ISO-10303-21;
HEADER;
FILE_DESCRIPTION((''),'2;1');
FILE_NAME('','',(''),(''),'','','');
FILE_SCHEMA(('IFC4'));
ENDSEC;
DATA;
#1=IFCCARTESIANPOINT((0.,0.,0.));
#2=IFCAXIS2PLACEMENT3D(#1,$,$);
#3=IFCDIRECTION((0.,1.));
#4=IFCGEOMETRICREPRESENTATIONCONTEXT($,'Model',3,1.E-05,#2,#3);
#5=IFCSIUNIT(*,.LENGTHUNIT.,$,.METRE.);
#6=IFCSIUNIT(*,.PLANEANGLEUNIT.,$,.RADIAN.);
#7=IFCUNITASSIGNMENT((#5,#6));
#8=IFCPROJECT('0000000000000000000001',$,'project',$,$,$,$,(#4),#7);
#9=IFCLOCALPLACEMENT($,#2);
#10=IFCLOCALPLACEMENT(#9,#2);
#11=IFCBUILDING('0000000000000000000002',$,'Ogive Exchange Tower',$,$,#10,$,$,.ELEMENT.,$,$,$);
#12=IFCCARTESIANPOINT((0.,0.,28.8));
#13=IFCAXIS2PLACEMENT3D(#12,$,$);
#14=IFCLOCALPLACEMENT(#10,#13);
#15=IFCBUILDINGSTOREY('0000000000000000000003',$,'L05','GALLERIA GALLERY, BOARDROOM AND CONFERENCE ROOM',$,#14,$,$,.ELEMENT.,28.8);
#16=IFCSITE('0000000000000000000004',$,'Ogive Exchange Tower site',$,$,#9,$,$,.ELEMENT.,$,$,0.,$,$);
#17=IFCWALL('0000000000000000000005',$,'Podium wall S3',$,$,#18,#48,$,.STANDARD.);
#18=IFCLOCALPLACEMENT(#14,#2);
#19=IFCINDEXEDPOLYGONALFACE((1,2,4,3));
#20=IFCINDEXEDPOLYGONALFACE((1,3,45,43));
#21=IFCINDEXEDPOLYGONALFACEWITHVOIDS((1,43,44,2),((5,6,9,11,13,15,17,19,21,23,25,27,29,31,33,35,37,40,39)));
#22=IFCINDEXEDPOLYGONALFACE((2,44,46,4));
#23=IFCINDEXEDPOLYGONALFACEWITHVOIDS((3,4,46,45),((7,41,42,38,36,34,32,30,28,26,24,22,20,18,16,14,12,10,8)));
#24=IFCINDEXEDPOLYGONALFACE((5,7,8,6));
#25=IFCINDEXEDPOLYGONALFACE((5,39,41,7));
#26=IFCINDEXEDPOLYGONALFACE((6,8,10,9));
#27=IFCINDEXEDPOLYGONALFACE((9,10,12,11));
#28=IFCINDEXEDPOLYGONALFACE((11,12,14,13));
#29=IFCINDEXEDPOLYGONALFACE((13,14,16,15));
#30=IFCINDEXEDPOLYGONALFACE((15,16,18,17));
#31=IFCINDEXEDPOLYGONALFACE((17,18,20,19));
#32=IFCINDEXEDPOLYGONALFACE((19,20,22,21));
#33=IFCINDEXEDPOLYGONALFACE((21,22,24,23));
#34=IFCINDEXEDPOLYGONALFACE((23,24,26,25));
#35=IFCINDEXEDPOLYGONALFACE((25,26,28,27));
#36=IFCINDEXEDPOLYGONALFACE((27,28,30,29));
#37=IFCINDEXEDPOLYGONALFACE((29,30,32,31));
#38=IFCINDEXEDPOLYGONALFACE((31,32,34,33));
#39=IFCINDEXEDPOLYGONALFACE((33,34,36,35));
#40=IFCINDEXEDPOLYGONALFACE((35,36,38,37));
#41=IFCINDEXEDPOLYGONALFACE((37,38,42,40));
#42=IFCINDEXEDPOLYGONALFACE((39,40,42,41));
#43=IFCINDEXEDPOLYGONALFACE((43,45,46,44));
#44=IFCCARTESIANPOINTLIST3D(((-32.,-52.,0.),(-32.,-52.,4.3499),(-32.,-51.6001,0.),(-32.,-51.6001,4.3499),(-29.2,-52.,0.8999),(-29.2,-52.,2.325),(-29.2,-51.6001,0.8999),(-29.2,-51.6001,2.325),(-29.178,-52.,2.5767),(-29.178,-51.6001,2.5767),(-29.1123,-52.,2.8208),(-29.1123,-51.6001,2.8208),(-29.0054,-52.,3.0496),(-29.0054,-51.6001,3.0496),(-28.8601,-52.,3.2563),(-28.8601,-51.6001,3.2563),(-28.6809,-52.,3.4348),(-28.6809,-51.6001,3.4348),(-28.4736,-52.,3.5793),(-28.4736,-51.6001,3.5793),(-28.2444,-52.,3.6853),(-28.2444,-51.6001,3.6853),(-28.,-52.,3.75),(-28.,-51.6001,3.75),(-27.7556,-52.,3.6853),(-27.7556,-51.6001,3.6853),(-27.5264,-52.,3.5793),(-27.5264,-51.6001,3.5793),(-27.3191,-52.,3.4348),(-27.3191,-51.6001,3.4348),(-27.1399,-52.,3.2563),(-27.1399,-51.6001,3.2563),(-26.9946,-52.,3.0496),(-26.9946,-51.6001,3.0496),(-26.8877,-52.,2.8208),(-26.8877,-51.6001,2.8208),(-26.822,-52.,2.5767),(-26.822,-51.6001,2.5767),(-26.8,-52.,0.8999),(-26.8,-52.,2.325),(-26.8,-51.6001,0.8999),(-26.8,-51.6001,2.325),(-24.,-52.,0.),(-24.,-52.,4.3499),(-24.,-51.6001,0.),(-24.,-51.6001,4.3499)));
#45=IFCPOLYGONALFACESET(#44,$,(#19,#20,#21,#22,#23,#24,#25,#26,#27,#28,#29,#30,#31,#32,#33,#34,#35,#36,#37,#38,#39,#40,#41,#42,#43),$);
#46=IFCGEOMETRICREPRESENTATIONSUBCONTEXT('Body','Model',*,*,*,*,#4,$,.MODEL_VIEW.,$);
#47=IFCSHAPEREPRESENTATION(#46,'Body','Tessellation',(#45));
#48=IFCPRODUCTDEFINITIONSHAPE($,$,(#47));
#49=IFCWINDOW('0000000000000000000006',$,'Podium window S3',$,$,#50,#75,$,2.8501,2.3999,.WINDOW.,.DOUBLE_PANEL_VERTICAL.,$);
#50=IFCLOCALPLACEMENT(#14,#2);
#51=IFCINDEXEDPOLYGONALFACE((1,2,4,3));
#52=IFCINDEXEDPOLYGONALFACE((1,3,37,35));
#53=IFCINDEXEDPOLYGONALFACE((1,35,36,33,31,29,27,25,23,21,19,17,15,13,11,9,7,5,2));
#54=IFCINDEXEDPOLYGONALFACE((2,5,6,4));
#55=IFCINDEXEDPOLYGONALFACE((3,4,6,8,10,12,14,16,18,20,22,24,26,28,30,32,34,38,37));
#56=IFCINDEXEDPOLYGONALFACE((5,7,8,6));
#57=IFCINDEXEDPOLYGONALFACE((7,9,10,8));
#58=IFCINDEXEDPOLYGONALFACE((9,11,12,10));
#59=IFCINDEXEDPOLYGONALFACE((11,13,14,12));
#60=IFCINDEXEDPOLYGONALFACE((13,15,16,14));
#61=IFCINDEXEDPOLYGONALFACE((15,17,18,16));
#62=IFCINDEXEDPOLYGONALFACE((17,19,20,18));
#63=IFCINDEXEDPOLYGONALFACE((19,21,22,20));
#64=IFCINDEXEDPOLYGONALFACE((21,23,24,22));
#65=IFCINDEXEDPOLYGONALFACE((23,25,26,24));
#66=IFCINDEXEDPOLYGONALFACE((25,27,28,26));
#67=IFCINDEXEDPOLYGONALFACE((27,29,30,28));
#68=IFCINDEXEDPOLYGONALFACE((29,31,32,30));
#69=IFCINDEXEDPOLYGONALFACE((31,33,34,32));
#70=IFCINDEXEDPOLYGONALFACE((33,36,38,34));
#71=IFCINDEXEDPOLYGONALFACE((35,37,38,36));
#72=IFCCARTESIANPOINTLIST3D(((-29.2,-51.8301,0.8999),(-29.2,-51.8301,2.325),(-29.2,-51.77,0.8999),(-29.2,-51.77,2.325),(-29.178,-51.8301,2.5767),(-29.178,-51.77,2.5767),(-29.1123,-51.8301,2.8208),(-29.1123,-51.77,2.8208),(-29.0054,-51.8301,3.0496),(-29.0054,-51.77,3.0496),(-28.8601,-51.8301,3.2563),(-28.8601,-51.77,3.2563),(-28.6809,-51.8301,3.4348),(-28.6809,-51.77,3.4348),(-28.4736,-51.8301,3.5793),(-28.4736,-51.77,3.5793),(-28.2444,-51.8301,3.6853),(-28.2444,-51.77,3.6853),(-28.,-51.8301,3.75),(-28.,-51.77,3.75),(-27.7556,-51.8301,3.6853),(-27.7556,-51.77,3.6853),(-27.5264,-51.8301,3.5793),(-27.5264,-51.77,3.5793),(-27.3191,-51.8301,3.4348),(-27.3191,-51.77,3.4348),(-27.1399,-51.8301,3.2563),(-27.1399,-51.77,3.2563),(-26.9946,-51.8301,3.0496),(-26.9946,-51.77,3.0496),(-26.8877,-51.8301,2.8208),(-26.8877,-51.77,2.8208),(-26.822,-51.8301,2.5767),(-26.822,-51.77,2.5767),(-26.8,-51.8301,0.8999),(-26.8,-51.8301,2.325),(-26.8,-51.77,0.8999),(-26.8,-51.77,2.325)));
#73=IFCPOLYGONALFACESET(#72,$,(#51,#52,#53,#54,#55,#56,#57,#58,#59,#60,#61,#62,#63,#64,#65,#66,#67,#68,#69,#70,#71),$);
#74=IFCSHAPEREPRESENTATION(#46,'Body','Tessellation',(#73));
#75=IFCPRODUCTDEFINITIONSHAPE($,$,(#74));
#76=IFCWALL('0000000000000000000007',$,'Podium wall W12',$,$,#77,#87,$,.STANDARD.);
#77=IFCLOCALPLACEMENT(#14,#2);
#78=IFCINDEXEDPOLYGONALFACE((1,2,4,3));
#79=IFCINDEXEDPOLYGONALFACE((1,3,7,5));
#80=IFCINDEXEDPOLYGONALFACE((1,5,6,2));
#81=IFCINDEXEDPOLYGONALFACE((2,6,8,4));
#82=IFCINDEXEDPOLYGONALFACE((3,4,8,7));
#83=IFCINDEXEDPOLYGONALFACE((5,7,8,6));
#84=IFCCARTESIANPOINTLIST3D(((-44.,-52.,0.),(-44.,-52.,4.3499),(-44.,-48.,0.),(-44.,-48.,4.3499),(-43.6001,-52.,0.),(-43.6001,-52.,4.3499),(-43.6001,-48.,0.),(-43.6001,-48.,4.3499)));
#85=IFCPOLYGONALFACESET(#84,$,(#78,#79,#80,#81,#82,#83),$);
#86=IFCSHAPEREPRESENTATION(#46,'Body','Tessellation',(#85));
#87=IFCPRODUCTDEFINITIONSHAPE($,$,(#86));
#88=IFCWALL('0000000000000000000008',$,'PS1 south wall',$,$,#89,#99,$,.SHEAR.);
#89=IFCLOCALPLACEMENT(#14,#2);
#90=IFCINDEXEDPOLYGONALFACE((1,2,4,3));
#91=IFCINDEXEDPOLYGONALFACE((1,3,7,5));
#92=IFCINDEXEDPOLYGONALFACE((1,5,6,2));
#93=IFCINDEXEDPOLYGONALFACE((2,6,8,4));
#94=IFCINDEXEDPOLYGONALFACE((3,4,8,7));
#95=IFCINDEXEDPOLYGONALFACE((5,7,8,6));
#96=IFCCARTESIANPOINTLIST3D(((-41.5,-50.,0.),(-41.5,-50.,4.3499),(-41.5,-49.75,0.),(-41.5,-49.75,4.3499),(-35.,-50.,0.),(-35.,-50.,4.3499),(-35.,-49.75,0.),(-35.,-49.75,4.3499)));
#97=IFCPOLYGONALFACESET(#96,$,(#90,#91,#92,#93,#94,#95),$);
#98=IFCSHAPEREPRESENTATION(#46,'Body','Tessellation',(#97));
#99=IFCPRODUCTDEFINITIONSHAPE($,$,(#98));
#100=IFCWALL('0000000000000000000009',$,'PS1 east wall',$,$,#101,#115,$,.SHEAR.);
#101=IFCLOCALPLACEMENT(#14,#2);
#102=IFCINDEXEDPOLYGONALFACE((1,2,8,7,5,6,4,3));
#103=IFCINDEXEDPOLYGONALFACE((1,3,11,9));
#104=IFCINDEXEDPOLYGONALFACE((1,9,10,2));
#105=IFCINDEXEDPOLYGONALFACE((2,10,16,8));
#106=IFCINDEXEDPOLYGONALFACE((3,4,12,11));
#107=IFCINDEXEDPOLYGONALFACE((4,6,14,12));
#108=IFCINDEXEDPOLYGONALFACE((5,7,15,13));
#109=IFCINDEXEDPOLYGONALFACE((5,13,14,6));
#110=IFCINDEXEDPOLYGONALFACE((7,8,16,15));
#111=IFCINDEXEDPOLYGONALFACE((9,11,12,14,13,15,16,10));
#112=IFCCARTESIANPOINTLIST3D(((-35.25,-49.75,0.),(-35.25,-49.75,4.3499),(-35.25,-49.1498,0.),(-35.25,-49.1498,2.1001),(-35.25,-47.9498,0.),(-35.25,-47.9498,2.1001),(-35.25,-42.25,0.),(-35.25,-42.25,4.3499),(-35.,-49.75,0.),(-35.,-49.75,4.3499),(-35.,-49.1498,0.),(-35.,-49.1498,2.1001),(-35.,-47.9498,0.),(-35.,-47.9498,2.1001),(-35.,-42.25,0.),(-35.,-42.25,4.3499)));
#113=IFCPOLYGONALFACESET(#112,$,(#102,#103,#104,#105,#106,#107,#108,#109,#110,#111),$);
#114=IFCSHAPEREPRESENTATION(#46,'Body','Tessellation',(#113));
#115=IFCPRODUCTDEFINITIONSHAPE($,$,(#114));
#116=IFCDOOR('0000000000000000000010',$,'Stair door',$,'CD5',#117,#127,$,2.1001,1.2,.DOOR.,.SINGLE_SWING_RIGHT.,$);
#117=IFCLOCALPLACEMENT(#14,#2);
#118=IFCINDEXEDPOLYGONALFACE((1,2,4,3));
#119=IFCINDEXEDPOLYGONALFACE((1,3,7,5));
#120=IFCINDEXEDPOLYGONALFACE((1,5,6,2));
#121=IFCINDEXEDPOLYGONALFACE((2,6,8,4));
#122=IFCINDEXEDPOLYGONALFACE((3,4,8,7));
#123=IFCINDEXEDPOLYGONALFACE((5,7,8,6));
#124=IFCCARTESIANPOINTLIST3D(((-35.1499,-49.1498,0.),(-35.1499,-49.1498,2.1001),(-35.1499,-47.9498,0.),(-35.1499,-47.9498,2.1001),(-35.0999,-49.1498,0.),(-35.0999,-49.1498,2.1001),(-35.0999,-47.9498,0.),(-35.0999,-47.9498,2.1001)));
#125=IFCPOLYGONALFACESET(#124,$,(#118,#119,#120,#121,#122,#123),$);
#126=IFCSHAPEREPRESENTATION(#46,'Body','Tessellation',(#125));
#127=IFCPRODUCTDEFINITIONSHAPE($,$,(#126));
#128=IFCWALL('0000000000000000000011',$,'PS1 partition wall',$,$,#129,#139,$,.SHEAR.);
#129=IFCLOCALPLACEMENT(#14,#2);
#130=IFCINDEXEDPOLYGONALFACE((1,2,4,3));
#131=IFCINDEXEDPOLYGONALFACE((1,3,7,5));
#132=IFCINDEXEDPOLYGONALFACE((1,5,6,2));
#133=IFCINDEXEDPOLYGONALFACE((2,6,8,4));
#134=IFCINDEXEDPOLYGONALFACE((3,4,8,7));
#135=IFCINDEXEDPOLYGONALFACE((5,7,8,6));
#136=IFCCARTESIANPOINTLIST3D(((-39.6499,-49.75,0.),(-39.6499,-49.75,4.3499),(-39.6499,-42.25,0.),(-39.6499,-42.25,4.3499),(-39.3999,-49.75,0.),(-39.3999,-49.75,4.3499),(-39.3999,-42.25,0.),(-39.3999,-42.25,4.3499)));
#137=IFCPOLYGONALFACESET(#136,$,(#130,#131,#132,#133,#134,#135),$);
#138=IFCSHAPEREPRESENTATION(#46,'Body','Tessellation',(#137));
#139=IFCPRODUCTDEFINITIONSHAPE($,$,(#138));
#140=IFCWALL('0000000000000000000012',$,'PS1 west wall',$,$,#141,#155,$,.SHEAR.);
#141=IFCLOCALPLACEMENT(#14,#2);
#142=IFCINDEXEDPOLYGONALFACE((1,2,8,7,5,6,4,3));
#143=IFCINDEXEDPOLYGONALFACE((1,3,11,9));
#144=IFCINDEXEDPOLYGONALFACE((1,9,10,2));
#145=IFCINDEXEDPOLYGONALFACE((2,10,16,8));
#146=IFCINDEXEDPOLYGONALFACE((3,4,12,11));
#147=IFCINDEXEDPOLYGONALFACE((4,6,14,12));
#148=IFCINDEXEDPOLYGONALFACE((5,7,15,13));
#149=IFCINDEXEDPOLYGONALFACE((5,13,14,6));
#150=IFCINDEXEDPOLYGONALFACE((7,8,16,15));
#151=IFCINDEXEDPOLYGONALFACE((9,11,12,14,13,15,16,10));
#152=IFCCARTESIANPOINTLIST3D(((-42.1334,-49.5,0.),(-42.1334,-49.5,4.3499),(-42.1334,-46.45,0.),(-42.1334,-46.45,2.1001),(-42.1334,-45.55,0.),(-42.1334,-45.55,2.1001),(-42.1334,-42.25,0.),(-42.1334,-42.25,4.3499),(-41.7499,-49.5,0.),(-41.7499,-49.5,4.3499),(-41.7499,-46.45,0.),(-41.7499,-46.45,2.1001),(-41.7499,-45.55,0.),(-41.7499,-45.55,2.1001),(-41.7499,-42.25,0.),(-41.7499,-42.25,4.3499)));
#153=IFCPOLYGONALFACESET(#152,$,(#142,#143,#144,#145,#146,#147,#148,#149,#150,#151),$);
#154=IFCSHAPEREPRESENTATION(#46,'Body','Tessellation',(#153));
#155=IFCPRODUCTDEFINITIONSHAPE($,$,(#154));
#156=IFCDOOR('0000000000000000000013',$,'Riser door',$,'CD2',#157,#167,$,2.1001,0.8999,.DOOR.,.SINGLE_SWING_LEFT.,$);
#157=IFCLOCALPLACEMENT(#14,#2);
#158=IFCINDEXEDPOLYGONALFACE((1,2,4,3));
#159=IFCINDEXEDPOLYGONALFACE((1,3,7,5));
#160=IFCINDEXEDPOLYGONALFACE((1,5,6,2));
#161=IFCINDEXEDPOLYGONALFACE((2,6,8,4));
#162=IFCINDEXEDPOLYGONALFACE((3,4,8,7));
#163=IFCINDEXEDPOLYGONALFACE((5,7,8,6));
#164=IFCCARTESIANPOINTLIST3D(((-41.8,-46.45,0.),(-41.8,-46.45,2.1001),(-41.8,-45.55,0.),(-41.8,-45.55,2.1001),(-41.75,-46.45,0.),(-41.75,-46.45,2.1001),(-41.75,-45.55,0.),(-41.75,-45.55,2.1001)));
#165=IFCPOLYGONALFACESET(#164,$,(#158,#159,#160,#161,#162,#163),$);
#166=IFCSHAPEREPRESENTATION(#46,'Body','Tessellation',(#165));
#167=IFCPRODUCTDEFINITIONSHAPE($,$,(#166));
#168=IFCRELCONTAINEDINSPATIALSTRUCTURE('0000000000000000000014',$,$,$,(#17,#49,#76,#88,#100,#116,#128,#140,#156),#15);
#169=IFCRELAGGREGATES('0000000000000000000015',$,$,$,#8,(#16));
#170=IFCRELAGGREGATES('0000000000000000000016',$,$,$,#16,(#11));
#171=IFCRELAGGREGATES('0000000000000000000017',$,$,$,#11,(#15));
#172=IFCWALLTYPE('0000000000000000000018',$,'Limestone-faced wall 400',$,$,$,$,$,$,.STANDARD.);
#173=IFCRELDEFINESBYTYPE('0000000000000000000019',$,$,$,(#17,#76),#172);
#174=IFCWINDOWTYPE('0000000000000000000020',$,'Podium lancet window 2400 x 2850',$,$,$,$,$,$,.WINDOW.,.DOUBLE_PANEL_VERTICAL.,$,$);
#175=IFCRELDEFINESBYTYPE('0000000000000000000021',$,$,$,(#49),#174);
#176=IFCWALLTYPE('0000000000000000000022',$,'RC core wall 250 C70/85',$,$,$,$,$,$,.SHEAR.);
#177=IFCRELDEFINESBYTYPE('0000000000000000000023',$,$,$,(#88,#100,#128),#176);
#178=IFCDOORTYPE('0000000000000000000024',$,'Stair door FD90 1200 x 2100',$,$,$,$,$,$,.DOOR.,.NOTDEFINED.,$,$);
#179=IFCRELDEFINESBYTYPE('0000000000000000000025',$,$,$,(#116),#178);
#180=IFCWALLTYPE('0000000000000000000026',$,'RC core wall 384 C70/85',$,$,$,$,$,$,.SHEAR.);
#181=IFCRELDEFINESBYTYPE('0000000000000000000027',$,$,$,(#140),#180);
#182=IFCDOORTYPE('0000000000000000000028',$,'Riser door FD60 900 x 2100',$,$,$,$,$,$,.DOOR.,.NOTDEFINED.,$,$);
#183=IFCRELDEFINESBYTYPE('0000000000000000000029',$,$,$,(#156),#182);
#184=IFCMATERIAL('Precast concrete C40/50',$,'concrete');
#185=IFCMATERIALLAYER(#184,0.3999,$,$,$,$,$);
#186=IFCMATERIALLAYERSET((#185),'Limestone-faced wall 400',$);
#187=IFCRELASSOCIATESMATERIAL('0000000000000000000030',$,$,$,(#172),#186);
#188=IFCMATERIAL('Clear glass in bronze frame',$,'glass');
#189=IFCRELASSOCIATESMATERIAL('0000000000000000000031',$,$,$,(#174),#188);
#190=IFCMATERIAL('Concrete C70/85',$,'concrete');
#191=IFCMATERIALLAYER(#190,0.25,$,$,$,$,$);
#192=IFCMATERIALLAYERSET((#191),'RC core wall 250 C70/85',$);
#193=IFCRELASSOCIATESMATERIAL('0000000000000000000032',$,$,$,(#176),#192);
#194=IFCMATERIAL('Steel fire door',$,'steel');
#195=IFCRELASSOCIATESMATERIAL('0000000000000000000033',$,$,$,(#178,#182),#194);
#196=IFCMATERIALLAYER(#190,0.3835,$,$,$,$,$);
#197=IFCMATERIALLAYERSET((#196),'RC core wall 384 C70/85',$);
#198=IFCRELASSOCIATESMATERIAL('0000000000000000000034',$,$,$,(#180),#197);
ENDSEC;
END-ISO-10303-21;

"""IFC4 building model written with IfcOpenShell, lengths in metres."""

from ifc_helpers import new_model, si_unit, direction, frame, frame_2d, origin, place, context, subcontext, project, spatial, polyline, rectangle, outline, extrude, material, layer, layer_set, type_object, element, fill, save


model = new_model("IFC4")

# Units and contexts
model_context = context("Model", 3, precision=1e-05, world=origin(), true_north=direction((0.0, 1.0)))
body_context = subcontext(model_context, "Body", "Model", "MODEL_VIEW")
ifc_project = project(units=[si_unit("LENGTHUNIT", "METRE"), si_unit("PLANEANGLEUNIT", "RADIAN")], contexts=[model_context])

# Site, building, storey
site_placement = place(None, origin())
site = spatial("IfcSite", under=ifc_project, at=site_placement, Name="Ogive Exchange Tower site", CompositionType="ELEMENT", RefElevation=0.0)
building_placement = place(site_placement, origin())
building = spatial("IfcBuilding", under=site, at=building_placement, Name="Ogive Exchange Tower", CompositionType="ELEMENT")
storey_placement = place(building_placement, frame((0.0, 0.0, 28.8)))
storey = spatial("IfcBuildingStorey", under=building, at=storey_placement, Name="L05", Description="GALLERIA GALLERY, BOARDROOM AND CONFERENCE ROOM", CompositionType="ELEMENT", Elevation=28.8)

# Shared definitions
ifc_material_1 = material(Name="Concrete C70/85", Category="concrete")

# Shared definitions
ifc_material_2 = material(Name="Precast concrete C40/50", Category="concrete")
ifc_layer_1 = layer(ifc_material_2, 0.3999)
ifc_layer_set_1 = layer_set([ifc_layer_1], Name="Limestone-faced wall 400")
wall_type_1 = type_object("IfcWallType", Name="Limestone-faced wall 400", PredefinedType="STANDARD", material=ifc_layer_set_1)

# Shared definitions
ifc_material_3 = material(Name="Clear glass in bronze frame", Category="glass")

# Wall, opening, window
wall_1_placement = place(storey_placement, frame((-32.0, -51.8, 0.0), z_axis=(0.0, 0.0, 1.0), x_axis=(1.0, 0.0, 0.0)))
wall_1 = element("IfcWall", 1, at=wall_1_placement, inside=storey, type_object=wall_type_1, Name="Podium wall S3", PredefinedType="STANDARD", context=body_context, shape_type="SweptSolid", body=[
    extrude(rectangle(XDim=8.0, YDim=0.3999, at=frame_2d((4.0, 0.0))), origin(), (0.0, 0.0, 1.0), 4.3499),
])
opening_1_placement = place(wall_1_placement, frame((2.8, 0.0, 0.8999)))
opening_1 = element("IfcOpeningElement", 2, at=opening_1_placement, cuts=wall_1, PredefinedType="OPENING", context=body_context, shape_type="SweptSolid", body=[
    extrude(outline(polyline([(0.0, 0.0), (2.3999, 0.0), (2.3999, 1.425), (2.3779, 1.6768), (2.3123, 1.9209), (2.2053, 2.1497), (2.0601, 2.3564), (1.8809, 2.5349), (1.6736, 2.6794), (1.4443, 2.7854), (1.2, 2.8501), (0.9556, 2.7854), (0.7263, 2.6794), (0.519, 2.5349), (0.3398, 2.3564), (0.1946, 2.1497), (0.0876, 1.9209), (0.022, 1.6768), (0.0, 1.425), (0.0, 0.0)])), frame((0.0, 0.21, 0.0), z_axis=(0.0, -1.0, 0.0), x_axis=(1.0, 0.0, 0.0)), (0.0, 0.0, 1.0), 0.4199),
])
window_type_1 = type_object("IfcWindowType", Name="Podium lancet window 2400 x 2850", PartitioningType="DOUBLE_PANEL_VERTICAL", PredefinedType="WINDOW", material=ifc_material_3)
window_1_placement = place(opening_1_placement, origin())
window_1 = element("IfcWindow", 3, at=window_1_placement, inside=storey, type_object=window_type_1, Name="Podium window S3", OverallHeight=2.8501, OverallWidth=2.3999, PartitioningType="DOUBLE_PANEL_VERTICAL", PredefinedType="WINDOW", context=body_context, shape_type="SweptSolid", body=[
    extrude(outline(polyline([(0.0, 0.0), (2.3999, 0.0), (2.3999, 1.425), (2.3779, 1.6768), (2.3123, 1.9209), (2.2053, 2.1497), (2.0601, 2.3564), (1.8809, 2.5349), (1.6736, 2.6794), (1.4443, 2.7854), (1.2, 2.8501), (0.9556, 2.7854), (0.7263, 2.6794), (0.519, 2.5349), (0.3398, 2.3564), (0.1946, 2.1497), (0.0876, 1.9209), (0.022, 1.6768), (0.0, 1.425), (0.0, 0.0)])), frame((0.0, 0.03, 0.0), z_axis=(0.0, -1.0, 0.0), x_axis=(1.0, 0.0, 0.0)), (0.0, 0.0, 1.0), 0.0601),
])
fill(opening_1, window_1)

# Walls
wall_2_placement = place(storey_placement, frame((-43.8, -48.0, 0.0), z_axis=(0.0, 0.0, 1.0), x_axis=(0.0, -1.0, 0.0)))
element("IfcWall", 4, at=wall_2_placement, inside=storey, type_object=wall_type_1, Name="Podium wall W12", PredefinedType="STANDARD", context=body_context, shape_type="SweptSolid", body=[
    extrude(rectangle(XDim=4.0, YDim=0.3999, at=frame_2d((2.0, 0.0))), origin(), (0.0, 0.0, 1.0), 4.3499),
])
ifc_layer_2 = layer(ifc_material_1, 0.25)
ifc_layer_set_2 = layer_set([ifc_layer_2], Name="RC core wall 250 C70/85")
wall_type_2 = type_object("IfcWallType", Name="RC core wall 250 C70/85", PredefinedType="SHEAR", material=ifc_layer_set_2)
wall_3_placement = place(storey_placement, frame((-41.5, -49.875, 0.0), z_axis=(0.0, 0.0, 1.0), x_axis=(1.0, 0.0, 0.0)))
element("IfcWall", 5, at=wall_3_placement, inside=storey, type_object=wall_type_2, Name="PS1 south wall", PredefinedType="SHEAR", context=body_context, shape_type="SweptSolid", body=[
    extrude(rectangle(XDim=6.5, YDim=0.25, at=frame_2d((3.25, 0.0))), origin(), (0.0, 0.0, 1.0), 4.3499),
])

# Wall, opening, door
wall_4_placement = place(storey_placement, frame((-35.125, -49.75, 0.0), z_axis=(0.0, 0.0, 1.0), x_axis=(0.0, 1.0, 0.0)))
wall_4 = element("IfcWall", 6, at=wall_4_placement, inside=storey, type_object=wall_type_2, Name="PS1 east wall", PredefinedType="SHEAR", context=body_context, shape_type="SweptSolid", body=[
    extrude(rectangle(XDim=7.5, YDim=0.25, at=frame_2d((3.75, 0.0))), origin(), (0.0, 0.0, 1.0), 4.3499),
])
opening_2_placement = place(wall_4_placement, frame((0.6001, 0.0, 0.0)))
opening_2 = element("IfcOpeningElement", 7, at=opening_2_placement, cuts=wall_4, PredefinedType="OPENING", context=body_context, shape_type="SweptSolid", body=[
    extrude(rectangle(XDim=1.2, YDim=2.1001, at=frame_2d((0.6001, 1.05))), frame((0.0, 0.135, 0.0), z_axis=(0.0, -1.0, 0.0), x_axis=(1.0, 0.0, 0.0)), (0.0, 0.0, 1.0), 0.27),
])
ifc_material_4 = material(Name="Steel fire door", Category="steel")
door_type_1 = type_object("IfcDoorType", Name="Stair door FD90 1200 x 2100", OperationType="NOTDEFINED", PredefinedType="DOOR", material=ifc_material_4)
door_1_placement = place(opening_2_placement, origin())
door_1 = element("IfcDoor", 8, at=door_1_placement, inside=storey, type_object=door_type_1, Name="Stair door", ObjectType="CD5", OperationType="SINGLE_SWING_RIGHT", OverallHeight=2.1001, OverallWidth=1.2, PredefinedType="DOOR", context=body_context, shape_type="SweptSolid", body=[
    extrude(rectangle(XDim=1.2, YDim=2.1001, at=frame_2d((0.6001, 1.05))), frame((0.0, 0.0249, 0.0), z_axis=(0.0, -1.0, 0.0), x_axis=(1.0, 0.0, 0.0)), (0.0, 0.0, 1.0), 0.05),
])
fill(opening_2, door_1)

# Wall
wall_5_placement = place(storey_placement, frame((-39.5249, -49.75, 0.0), z_axis=(0.0, 0.0, 1.0), x_axis=(0.0, 1.0, 0.0)))
element("IfcWall", 9, at=wall_5_placement, inside=storey, type_object=wall_type_2, Name="PS1 partition wall", PredefinedType="SHEAR", context=body_context, shape_type="SweptSolid", body=[
    extrude(rectangle(XDim=7.5, YDim=0.25, at=frame_2d((3.75, 0.0))), origin(), (0.0, 0.0, 1.0), 4.3499),
])

# Wall, opening, door
ifc_layer_3 = layer(ifc_material_1, 0.3835)
ifc_layer_set_3 = layer_set([ifc_layer_3], Name="RC core wall 384 C70/85")
wall_type_3 = type_object("IfcWallType", Name="RC core wall 384 C70/85", PredefinedType="SHEAR", material=ifc_layer_set_3)
wall_6_placement = place(storey_placement, frame((-41.9417, -49.5, 0.0), z_axis=(0.0, 0.0, 1.0), x_axis=(0.0, 1.0, 0.0)))
wall_6 = element("IfcWall", 10, at=wall_6_placement, inside=storey, type_object=wall_type_3, Name="PS1 west wall", PredefinedType="SHEAR", context=body_context, shape_type="SweptSolid", body=[
    extrude(rectangle(XDim=7.25, YDim=0.3835, at=frame_2d((3.625, 0.0))), origin(), (0.0, 0.0, 1.0), 4.3499),
])
opening_3_placement = place(wall_6_placement, frame((3.05, 0.0, 0.0)))
opening_3 = element("IfcOpeningElement", 11, at=opening_3_placement, cuts=wall_6, PredefinedType="OPENING", context=body_context, shape_type="SweptSolid", body=[
    extrude(rectangle(XDim=0.8999, YDim=2.1001, at=frame_2d((0.45, 1.05))), frame((0.0, 0.2017, 0.0), z_axis=(0.0, -1.0, 0.0), x_axis=(1.0, 0.0, 0.0)), (0.0, 0.0, 1.0), 0.4036),
])
door_type_2 = type_object("IfcDoorType", Name="Riser door FD60 900 x 2100", OperationType="NOTDEFINED", PredefinedType="DOOR", material=ifc_material_4)
door_2_placement = place(opening_3_placement, origin())
door_2 = element("IfcDoor", 12, at=door_2_placement, inside=storey, type_object=door_type_2, Name="Riser door", ObjectType="CD2", OperationType="SINGLE_SWING_LEFT", OverallHeight=2.1001, OverallWidth=0.8999, PredefinedType="DOOR", context=body_context, shape_type="SweptSolid", body=[
    extrude(rectangle(XDim=0.8999, YDim=2.1001, at=frame_2d((0.45, 1.05))), frame((0.0, -0.1416, 0.0), z_axis=(0.0, -1.0, 0.0), x_axis=(1.0, 0.0, 0.0)), (0.0, 0.0, 1.0), 0.05),
])
fill(opening_3, door_2)

save(model, "model.ifc")
